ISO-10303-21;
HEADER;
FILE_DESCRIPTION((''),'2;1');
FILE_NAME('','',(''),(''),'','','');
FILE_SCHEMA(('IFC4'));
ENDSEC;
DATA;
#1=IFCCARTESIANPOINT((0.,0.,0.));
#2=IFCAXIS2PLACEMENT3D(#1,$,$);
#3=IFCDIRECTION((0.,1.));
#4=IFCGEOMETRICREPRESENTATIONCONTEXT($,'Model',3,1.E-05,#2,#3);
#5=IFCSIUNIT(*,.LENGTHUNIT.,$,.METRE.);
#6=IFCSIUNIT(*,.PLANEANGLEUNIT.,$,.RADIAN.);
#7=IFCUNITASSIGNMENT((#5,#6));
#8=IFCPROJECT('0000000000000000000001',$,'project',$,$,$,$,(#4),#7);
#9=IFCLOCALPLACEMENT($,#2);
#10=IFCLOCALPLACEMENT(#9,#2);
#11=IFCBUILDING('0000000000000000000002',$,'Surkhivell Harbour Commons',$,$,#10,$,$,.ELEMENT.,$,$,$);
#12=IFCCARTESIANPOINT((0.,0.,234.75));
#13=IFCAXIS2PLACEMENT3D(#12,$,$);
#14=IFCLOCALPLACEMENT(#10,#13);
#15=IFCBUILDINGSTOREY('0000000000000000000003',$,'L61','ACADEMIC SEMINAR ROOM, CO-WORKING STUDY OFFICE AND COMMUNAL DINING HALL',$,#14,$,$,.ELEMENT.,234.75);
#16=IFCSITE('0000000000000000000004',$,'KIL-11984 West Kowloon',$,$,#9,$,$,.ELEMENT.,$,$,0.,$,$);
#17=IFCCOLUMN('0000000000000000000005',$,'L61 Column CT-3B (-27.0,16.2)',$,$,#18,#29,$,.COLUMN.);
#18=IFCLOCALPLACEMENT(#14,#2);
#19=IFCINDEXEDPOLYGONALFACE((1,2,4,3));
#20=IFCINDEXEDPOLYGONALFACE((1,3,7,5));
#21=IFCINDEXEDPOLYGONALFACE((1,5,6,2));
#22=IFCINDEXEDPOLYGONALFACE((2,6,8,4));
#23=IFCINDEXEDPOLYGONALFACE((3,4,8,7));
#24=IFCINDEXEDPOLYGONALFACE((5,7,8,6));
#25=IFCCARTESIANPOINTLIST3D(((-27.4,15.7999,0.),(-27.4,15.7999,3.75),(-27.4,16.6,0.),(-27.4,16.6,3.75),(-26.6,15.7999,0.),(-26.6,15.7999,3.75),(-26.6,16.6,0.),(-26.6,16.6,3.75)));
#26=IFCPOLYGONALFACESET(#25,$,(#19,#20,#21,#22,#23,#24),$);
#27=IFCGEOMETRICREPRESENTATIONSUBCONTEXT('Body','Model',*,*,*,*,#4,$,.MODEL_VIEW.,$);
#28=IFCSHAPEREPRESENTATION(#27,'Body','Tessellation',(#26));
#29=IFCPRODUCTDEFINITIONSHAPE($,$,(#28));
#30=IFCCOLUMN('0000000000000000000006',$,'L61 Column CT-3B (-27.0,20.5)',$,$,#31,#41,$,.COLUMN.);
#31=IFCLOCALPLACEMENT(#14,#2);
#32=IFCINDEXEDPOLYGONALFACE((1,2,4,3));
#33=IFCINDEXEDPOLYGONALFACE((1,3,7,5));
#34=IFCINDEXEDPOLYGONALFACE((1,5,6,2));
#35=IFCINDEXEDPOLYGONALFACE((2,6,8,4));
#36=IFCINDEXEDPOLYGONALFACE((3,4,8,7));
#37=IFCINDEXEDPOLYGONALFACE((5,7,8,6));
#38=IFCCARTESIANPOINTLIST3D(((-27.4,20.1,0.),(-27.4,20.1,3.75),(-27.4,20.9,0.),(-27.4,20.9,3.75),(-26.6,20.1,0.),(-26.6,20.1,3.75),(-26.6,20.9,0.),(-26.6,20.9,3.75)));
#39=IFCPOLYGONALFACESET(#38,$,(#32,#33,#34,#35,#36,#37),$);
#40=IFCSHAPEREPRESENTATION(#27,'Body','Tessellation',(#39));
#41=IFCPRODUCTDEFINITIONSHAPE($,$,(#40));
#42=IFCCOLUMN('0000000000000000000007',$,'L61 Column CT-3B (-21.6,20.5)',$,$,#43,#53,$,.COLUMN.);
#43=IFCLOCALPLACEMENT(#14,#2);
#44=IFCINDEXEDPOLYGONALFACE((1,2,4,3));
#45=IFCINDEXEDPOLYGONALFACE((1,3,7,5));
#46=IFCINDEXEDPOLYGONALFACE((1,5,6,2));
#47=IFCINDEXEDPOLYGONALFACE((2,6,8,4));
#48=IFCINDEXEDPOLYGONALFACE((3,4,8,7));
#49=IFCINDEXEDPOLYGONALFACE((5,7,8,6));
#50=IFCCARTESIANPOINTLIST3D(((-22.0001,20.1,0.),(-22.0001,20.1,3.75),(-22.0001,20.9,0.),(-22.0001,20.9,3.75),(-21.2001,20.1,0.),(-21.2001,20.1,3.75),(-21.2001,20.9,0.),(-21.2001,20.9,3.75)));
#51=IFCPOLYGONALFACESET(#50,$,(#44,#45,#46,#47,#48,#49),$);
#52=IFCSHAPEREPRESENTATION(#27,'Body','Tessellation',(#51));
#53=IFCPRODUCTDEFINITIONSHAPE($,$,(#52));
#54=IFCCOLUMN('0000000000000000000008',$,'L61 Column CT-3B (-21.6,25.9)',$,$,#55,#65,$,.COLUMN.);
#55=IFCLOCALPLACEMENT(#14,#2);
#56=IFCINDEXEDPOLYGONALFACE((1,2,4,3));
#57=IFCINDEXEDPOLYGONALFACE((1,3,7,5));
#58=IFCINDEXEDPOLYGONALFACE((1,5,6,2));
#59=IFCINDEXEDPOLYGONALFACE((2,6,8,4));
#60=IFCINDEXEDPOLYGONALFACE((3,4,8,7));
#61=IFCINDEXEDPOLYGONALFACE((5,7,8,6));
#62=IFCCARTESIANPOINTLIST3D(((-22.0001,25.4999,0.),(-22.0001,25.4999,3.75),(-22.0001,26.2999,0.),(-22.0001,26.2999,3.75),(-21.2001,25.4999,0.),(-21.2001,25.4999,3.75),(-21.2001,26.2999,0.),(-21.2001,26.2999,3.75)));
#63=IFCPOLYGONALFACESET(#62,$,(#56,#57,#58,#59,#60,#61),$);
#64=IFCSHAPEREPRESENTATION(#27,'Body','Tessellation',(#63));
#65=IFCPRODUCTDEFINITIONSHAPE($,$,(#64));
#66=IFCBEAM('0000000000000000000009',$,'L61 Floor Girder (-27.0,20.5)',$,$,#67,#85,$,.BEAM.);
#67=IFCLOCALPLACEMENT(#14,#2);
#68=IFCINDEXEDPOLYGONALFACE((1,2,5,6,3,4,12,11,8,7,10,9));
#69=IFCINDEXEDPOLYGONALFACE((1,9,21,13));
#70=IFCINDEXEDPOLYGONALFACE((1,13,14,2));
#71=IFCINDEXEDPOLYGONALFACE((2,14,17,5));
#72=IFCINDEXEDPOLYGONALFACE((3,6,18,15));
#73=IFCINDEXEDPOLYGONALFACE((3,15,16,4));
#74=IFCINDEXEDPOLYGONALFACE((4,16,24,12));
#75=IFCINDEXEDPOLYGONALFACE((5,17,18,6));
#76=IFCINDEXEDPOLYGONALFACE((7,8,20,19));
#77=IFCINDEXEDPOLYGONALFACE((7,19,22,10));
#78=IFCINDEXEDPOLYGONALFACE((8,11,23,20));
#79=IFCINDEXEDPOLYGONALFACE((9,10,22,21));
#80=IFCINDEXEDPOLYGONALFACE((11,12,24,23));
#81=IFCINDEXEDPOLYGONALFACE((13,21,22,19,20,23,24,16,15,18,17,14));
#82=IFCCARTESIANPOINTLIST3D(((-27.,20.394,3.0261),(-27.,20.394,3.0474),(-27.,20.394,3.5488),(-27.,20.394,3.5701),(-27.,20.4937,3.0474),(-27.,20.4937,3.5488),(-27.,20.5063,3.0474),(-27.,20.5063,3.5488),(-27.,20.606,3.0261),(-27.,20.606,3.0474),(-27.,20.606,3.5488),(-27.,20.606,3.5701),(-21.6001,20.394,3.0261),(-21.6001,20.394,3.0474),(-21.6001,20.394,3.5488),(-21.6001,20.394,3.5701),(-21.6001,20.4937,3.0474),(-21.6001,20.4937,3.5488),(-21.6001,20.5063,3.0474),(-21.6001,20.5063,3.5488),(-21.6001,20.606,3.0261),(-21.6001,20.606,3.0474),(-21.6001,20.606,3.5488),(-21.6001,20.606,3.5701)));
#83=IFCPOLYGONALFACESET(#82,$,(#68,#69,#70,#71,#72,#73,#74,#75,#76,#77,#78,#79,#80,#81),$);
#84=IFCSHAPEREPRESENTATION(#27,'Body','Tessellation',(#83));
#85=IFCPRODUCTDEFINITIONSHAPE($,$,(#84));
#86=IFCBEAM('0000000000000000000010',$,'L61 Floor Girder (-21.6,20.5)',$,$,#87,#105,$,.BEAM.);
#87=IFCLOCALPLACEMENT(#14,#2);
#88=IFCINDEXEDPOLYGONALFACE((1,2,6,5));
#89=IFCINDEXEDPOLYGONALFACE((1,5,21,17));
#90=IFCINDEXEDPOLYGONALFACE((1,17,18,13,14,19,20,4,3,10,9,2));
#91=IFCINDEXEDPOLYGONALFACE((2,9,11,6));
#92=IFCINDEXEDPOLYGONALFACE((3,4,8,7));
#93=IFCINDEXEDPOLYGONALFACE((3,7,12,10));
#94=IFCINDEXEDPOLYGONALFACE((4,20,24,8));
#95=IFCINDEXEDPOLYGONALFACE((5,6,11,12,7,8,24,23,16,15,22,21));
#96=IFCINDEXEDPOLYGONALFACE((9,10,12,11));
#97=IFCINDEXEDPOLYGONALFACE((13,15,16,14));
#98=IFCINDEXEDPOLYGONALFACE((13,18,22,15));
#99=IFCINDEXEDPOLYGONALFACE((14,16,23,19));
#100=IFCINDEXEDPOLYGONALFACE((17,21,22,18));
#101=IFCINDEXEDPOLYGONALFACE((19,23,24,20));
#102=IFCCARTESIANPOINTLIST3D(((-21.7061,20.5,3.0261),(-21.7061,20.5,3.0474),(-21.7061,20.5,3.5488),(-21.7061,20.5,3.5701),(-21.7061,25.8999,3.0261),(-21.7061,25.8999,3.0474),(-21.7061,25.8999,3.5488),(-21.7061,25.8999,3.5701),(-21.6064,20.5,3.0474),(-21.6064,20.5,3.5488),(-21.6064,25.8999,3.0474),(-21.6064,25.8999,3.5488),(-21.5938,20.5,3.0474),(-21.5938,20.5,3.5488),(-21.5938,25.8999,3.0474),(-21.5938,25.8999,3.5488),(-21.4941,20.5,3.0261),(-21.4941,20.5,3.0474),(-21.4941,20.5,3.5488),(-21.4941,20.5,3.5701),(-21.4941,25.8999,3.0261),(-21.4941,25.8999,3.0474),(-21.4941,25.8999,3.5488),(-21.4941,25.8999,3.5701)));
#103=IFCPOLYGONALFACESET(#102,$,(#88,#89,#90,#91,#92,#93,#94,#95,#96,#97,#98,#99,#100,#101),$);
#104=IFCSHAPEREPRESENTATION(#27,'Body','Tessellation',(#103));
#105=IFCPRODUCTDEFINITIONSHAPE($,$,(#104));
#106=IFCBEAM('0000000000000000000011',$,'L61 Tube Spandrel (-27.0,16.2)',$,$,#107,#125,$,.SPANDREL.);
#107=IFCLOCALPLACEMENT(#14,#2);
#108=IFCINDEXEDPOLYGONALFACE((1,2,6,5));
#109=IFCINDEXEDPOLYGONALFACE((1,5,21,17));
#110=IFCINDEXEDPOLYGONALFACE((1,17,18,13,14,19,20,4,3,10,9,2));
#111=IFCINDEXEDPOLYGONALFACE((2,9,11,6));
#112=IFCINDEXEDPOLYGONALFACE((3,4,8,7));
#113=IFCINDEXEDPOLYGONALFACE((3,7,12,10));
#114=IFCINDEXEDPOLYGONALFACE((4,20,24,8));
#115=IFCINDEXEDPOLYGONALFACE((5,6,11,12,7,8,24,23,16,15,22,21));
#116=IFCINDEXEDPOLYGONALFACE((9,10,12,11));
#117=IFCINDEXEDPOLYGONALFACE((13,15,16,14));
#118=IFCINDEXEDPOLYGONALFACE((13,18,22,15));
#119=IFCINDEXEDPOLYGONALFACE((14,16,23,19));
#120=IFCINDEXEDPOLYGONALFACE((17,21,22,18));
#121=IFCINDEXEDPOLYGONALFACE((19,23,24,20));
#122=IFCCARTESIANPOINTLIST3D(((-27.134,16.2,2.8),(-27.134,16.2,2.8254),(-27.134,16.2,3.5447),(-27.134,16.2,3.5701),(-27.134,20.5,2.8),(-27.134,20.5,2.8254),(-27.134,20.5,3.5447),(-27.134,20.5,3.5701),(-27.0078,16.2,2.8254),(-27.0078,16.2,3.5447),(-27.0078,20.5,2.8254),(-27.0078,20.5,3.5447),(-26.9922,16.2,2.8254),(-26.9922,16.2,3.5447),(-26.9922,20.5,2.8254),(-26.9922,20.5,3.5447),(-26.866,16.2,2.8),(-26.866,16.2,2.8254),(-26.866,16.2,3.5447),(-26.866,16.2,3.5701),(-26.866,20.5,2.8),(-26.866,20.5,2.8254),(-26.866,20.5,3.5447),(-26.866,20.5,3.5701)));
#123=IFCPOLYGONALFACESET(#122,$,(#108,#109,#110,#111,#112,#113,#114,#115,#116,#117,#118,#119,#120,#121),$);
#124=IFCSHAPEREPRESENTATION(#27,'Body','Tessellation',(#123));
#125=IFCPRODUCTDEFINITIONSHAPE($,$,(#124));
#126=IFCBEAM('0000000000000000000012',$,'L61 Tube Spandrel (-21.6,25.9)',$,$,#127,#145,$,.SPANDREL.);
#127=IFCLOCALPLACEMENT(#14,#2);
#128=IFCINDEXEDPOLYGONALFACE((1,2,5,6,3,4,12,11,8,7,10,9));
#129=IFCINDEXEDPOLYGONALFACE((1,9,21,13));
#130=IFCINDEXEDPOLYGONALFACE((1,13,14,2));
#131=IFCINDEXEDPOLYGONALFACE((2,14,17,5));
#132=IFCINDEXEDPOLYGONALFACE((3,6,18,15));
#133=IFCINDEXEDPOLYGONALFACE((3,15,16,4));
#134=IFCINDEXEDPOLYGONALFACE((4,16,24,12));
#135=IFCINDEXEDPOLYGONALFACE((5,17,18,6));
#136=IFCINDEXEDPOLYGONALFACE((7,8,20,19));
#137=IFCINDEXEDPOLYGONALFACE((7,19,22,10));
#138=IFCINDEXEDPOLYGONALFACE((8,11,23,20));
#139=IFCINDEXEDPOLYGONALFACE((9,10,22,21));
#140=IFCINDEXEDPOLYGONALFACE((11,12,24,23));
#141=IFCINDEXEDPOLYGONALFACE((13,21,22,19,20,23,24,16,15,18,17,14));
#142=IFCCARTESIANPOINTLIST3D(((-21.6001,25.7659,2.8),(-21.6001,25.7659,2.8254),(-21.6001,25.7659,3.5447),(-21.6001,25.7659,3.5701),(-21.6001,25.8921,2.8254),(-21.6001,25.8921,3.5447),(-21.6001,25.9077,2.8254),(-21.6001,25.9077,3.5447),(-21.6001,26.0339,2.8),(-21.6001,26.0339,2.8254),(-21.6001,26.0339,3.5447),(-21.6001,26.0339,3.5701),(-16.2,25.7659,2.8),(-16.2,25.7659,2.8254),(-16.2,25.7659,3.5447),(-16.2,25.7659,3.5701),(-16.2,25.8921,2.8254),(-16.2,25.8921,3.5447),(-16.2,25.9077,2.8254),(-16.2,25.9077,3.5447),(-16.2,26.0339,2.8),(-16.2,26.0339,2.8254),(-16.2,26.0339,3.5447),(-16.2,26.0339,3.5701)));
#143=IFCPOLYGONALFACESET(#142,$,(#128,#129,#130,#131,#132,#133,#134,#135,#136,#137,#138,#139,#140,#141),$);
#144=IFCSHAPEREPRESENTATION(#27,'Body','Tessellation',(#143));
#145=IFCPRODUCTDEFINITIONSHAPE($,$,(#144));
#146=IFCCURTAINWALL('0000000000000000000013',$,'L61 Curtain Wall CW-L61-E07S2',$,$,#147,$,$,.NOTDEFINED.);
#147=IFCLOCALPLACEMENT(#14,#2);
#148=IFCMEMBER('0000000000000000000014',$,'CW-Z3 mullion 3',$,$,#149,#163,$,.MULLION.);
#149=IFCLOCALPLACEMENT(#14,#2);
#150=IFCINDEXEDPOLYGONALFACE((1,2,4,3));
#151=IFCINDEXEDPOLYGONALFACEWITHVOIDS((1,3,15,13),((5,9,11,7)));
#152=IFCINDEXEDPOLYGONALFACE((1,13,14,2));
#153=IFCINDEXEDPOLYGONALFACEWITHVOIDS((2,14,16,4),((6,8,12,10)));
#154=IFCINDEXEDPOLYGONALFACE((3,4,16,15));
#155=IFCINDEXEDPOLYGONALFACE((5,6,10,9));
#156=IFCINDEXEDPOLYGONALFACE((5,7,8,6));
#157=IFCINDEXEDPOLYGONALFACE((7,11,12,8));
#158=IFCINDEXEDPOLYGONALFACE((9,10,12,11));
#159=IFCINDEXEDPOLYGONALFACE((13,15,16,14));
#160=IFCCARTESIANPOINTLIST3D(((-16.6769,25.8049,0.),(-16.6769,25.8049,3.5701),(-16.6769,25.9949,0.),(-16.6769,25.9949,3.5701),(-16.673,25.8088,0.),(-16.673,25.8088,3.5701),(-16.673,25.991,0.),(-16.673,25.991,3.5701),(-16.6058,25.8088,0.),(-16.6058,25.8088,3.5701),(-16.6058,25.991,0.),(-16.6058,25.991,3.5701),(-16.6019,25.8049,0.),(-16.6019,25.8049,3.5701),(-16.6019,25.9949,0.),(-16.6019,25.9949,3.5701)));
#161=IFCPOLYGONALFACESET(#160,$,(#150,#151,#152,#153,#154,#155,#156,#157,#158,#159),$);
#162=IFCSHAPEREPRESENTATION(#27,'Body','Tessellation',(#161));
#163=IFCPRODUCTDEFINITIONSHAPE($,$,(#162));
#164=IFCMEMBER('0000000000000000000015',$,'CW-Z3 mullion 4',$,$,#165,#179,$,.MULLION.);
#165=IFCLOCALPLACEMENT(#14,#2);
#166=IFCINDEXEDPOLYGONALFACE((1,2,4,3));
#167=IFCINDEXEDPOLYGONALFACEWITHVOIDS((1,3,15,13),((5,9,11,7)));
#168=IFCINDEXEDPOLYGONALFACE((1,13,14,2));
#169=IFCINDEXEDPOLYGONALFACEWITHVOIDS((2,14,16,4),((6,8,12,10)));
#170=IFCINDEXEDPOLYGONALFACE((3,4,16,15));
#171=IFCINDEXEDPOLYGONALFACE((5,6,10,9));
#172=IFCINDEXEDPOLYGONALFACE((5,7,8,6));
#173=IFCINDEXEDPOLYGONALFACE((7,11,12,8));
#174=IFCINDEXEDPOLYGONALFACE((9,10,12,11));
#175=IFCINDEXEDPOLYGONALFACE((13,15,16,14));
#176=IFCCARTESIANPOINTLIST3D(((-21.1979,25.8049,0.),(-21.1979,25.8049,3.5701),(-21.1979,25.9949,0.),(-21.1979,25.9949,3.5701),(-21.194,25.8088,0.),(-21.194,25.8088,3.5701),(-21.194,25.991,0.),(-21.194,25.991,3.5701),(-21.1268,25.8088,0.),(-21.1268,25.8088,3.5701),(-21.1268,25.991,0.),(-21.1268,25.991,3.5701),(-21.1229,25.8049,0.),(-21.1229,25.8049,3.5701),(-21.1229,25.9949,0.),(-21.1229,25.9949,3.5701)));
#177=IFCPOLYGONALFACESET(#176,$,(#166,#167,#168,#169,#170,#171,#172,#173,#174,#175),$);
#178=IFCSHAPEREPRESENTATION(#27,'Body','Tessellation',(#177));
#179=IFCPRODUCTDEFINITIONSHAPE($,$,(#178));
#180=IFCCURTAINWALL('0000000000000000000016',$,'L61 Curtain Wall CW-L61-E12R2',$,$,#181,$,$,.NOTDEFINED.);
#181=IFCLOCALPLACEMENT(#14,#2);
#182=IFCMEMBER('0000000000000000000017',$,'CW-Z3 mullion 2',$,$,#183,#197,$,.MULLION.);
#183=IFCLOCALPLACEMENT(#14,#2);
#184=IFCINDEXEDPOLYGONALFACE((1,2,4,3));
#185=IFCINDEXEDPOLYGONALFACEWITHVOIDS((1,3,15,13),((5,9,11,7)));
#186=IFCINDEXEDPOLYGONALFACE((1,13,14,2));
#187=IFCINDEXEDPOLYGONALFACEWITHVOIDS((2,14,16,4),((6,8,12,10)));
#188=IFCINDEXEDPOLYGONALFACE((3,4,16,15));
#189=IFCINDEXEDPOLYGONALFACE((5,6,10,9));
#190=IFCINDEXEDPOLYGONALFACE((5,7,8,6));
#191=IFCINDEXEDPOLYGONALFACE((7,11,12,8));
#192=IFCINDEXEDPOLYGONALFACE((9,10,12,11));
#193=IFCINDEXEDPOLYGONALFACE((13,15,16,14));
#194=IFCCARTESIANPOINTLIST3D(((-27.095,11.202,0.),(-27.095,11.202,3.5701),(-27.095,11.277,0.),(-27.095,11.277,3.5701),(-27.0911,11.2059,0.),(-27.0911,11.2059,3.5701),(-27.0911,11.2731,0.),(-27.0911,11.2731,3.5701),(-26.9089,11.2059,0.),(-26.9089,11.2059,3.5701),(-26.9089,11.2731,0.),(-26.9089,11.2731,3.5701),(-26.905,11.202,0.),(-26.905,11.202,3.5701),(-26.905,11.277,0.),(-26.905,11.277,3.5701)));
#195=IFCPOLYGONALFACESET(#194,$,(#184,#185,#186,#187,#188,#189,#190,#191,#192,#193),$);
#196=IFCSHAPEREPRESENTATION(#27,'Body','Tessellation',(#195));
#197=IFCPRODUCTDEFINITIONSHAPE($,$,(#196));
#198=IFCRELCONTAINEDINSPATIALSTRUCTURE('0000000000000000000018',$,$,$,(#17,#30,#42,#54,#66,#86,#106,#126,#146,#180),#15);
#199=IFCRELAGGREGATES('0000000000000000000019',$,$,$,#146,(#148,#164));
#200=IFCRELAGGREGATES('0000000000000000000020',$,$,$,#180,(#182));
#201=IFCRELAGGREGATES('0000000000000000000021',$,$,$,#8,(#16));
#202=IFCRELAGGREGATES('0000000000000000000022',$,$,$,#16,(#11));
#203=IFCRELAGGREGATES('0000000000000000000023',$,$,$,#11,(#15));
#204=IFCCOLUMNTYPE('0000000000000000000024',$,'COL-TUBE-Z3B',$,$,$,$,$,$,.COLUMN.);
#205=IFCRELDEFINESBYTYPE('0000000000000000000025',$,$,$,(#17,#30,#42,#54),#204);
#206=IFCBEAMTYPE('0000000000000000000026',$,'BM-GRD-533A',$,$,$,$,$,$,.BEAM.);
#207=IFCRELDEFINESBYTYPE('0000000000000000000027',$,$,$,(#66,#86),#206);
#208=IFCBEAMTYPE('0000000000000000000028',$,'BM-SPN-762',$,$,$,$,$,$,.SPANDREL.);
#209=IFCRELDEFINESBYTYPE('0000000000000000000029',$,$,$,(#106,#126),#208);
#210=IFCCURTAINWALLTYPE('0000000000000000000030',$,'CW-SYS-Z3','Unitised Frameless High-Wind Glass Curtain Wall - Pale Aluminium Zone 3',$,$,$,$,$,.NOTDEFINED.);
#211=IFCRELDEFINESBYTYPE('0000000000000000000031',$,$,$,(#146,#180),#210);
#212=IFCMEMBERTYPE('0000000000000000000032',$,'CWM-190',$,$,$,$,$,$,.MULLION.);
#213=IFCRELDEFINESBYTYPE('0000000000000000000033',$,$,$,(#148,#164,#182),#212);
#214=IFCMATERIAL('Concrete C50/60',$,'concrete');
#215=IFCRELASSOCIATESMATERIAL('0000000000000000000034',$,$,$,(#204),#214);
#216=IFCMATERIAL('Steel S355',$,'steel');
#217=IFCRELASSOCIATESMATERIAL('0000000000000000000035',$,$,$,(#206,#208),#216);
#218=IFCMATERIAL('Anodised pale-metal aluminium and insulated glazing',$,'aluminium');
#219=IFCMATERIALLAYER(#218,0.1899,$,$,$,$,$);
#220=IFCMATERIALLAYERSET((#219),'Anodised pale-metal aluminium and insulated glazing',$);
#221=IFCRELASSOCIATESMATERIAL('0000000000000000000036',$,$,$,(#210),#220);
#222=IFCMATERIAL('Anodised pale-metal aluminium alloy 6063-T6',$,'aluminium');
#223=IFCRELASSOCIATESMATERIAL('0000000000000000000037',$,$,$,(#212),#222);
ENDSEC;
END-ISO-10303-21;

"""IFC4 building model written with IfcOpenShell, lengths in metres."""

from ifc_helpers import new_model, si_unit, direction, frame, origin, origin_2d, place, context, subcontext, project, spatial, rectangle, hollow_rectangle, i_section, extrude, material, layer, layer_set, material_profile, profile_set, type_object, element, aggregate, save


model = new_model("IFC4")

# Units and contexts
model_context = context("Model", 3, precision=1e-05, world=origin(), true_north=direction((0.0, 1.0)))
body_context = subcontext(model_context, "Body", "Model", "MODEL_VIEW")
ifc_project = project(units=[si_unit("LENGTHUNIT", "METRE"), si_unit("PLANEANGLEUNIT", "RADIAN")], contexts=[model_context])

# Site, building, storey
site_placement = place(None, origin())
site = spatial("IfcSite", under=ifc_project, at=site_placement, Name="KIL-11984 West Kowloon", CompositionType="ELEMENT", RefElevation=0.0)
building_placement = place(site_placement, origin())
building = spatial("IfcBuilding", under=site, at=building_placement, Name="Surkhivell Harbour Commons", CompositionType="ELEMENT")
storey_placement = place(building_placement, frame((0.0, 0.0, 234.75)))
storey = spatial("IfcBuildingStorey", under=building, at=storey_placement, Name="L61", Description="ACADEMIC SEMINAR ROOM, CO-WORKING STUDY OFFICE AND COMMUNAL DINING HALL", CompositionType="ELEMENT", Elevation=234.75)

# Columns
ifc_material_1 = material(Name="Concrete C50/60", Category="concrete")
ifc_material_profile_1 = material_profile(ifc_material_1, rectangle(XDim=0.8, YDim=0.8, at=origin_2d()), Name="RC-COL-800x800")
ifc_profile_set_1 = profile_set([ifc_material_profile_1], Name="Concrete C50/60")
column_type = type_object("IfcColumnType", Name="COL-TUBE-Z3B", PredefinedType="COLUMN", material=ifc_profile_set_1)
for number, where, z_axis, x_axis, name in (
    (1, (-27.0, 16.2, 0.0), (0.0, 0.0, 1.0), (1.0, 0.0, 0.0), "L61 Column CT-3B (-27.0,16.2)"),
    (2, (-27.0, 20.5, 0.0), (0.0, 0.0, 1.0), (1.0, 0.0, 0.0), "L61 Column CT-3B (-27.0,20.5)"),
    (3, (-21.6001, 20.5, 0.0), (0.0, 0.0, 1.0), (1.0, 0.0, 0.0), "L61 Column CT-3B (-21.6,20.5)"),
    (4, (-21.6001, 25.8999, 0.0), (0.0, 0.0, 1.0), (1.0, 0.0, 0.0), "L61 Column CT-3B (-21.6,25.9)"),
):
    element("IfcColumn", number, at=place(storey_placement, frame(where, z_axis=z_axis, x_axis=x_axis)), inside=storey, type_object=column_type, Name=name, PredefinedType="COLUMN", context=body_context, shape_type="SweptSolid", body=[
        extrude(rectangle(XDim=0.8, YDim=0.8, at=origin_2d()), origin(), (0.0, 0.0, 1.0), 3.75),
    ])

# Beams
ifc_material_2 = material(Name="Steel S355", Category="steel")
ifc_material_profile_2 = material_profile(ifc_material_2, i_section(OverallWidth=0.2119, OverallDepth=0.5439, WebThickness=0.0127, FlangeThickness=0.0212, at=origin_2d()), Name="UB533x210x122")
ifc_profile_set_2 = profile_set([ifc_material_profile_2], Name="Steel S355")
beam_type_1 = type_object("IfcBeamType", Name="BM-GRD-533A", PredefinedType="BEAM", material=ifc_profile_set_2)
for number, where, z_axis, x_axis, name in (
    (5, (-27.0, 20.5, 3.2981), (1.0, 0.0, 0.0), (0.0, 1.0, 0.0), "L61 Floor Girder (-27.0,20.5)"),
    (6, (-21.6001, 20.5, 3.2981), (0.0, 1.0, 0.0), (-1.0, 0.0, 0.0), "L61 Floor Girder (-21.6,20.5)"),
):
    element("IfcBeam", number, at=place(storey_placement, frame(where, z_axis=z_axis, x_axis=x_axis)), inside=storey, type_object=beam_type_1, Name=name, PredefinedType="BEAM", context=body_context, shape_type="SweptSolid", body=[
        extrude(i_section(OverallWidth=0.2119, OverallDepth=0.5439, WebThickness=0.0127, FlangeThickness=0.0212, at=origin_2d()), origin(), (0.0, 0.0, 1.0), 5.3999),
    ])
ifc_material_profile_3 = material_profile(ifc_material_2, i_section(OverallWidth=0.2681, OverallDepth=0.77, WebThickness=0.0156, FlangeThickness=0.0254, at=origin_2d()), Name="UB762x267x197")
ifc_profile_set_3 = profile_set([ifc_material_profile_3], Name="Steel S355")
beam_type_2 = type_object("IfcBeamType", Name="BM-SPN-762", PredefinedType="SPANDREL", material=ifc_profile_set_3)
beam_1_placement = place(storey_placement, frame((-27.0, 16.2, 3.1851), z_axis=(0.0, 1.0, 0.0), x_axis=(-1.0, 0.0, 0.0)))
element("IfcBeam", 7, at=beam_1_placement, inside=storey, type_object=beam_type_2, Name="L61 Tube Spandrel (-27.0,16.2)", PredefinedType="SPANDREL", context=body_context, shape_type="SweptSolid", body=[
    extrude(i_section(OverallWidth=0.2681, OverallDepth=0.77, WebThickness=0.0156, FlangeThickness=0.0254, at=origin_2d()), origin(), (0.0, 0.0, 1.0), 4.3),
])
beam_2_placement = place(storey_placement, frame((-21.6001, 25.8999, 3.1851), z_axis=(1.0, 0.0, 0.0), x_axis=(0.0, 1.0, 0.0)))
element("IfcBeam", 8, at=beam_2_placement, inside=storey, type_object=beam_type_2, Name="L61 Tube Spandrel (-21.6,25.9)", PredefinedType="SPANDREL", context=body_context, shape_type="SweptSolid", body=[
    extrude(i_section(OverallWidth=0.2681, OverallDepth=0.77, WebThickness=0.0156, FlangeThickness=0.0254, at=origin_2d()), origin(), (0.0, 0.0, 1.0), 5.4001),
])

# Curtain walls, members
ifc_material_3 = material(Name="Anodised pale-metal aluminium and insulated glazing", Category="aluminium")
ifc_layer_1 = layer(ifc_material_3, 0.1899)
ifc_layer_set_1 = layer_set([ifc_layer_1], Name="Anodised pale-metal aluminium and insulated glazing")
curtain_wall_type = type_object("IfcCurtainWallType", Name="CW-SYS-Z3", Description="Unitised Frameless High-Wind Glass Curtain Wall - Pale Aluminium Zone 3", PredefinedType="NOTDEFINED", material=ifc_layer_set_1)
curtain_wall_1_placement = place(storey_placement, origin())
curtain_wall_1 = element("IfcCurtainWall", 9, at=curtain_wall_1_placement, inside=storey, type_object=curtain_wall_type, Name="L61 Curtain Wall CW-L61-E07S2", PredefinedType="NOTDEFINED")
ifc_material_4 = material(Name="Anodised pale-metal aluminium alloy 6063-T6", Category="aluminium")
ifc_material_profile_4 = material_profile(ifc_material_4, hollow_rectangle(XDim=0.075, YDim=0.1899, WallThickness=0.0039, at=origin_2d()), Name="ALU-MULL-75x190")
ifc_profile_set_4 = profile_set([ifc_material_profile_4], Name="Anodised pale-metal aluminium alloy 6063-T6")
member_type_1 = type_object("IfcMemberType", Name="CWM-190", PredefinedType="MULLION", material=ifc_profile_set_4)
member_1_placement = place(storey_placement, frame((-16.6394, 25.8999, 0.0), z_axis=(0.0, 0.0, 1.0), x_axis=(-1.0, 0.0, 0.0)))
member_1 = element("IfcMember", 10, at=member_1_placement, type_object=member_type_1, Name="CW-Z3 mullion 3", PredefinedType="MULLION", context=body_context, shape_type="SweptSolid", body=[
    extrude(hollow_rectangle(XDim=0.075, YDim=0.1899, WallThickness=0.0039, at=origin_2d()), origin(), (0.0, 0.0, 1.0), 3.5701),
])
member_2_placement = place(storey_placement, frame((-21.1604, 25.8999, 0.0), z_axis=(0.0, 0.0, 1.0), x_axis=(-1.0, 0.0, 0.0)))
member_2 = element("IfcMember", 11, at=member_2_placement, type_object=member_type_1, Name="CW-Z3 mullion 4", PredefinedType="MULLION", context=body_context, shape_type="SweptSolid", body=[
    extrude(hollow_rectangle(XDim=0.075, YDim=0.1899, WallThickness=0.0039, at=origin_2d()), origin(), (0.0, 0.0, 1.0), 3.5701),
])
curtain_wall_2_placement = place(storey_placement, origin())
curtain_wall_2 = element("IfcCurtainWall", 12, at=curtain_wall_2_placement, inside=storey, type_object=curtain_wall_type, Name="L61 Curtain Wall CW-L61-E12R2", PredefinedType="NOTDEFINED")
member_3_placement = place(storey_placement, frame((-27.0, 11.2395, 0.0), z_axis=(0.0, 0.0, 1.0), x_axis=(0.0, 1.0, 0.0)))
member_3 = element("IfcMember", 13, at=member_3_placement, type_object=member_type_1, Name="CW-Z3 mullion 2", PredefinedType="MULLION", context=body_context, shape_type="SweptSolid", body=[
    extrude(hollow_rectangle(XDim=0.075, YDim=0.1899, WallThickness=0.0039, at=origin_2d()), origin(), (0.0, 0.0, 1.0), 3.5701),
])

aggregate(curtain_wall_1, [member_1, member_2])
aggregate(curtain_wall_2, [member_3])

save(model, "model.ifc")
